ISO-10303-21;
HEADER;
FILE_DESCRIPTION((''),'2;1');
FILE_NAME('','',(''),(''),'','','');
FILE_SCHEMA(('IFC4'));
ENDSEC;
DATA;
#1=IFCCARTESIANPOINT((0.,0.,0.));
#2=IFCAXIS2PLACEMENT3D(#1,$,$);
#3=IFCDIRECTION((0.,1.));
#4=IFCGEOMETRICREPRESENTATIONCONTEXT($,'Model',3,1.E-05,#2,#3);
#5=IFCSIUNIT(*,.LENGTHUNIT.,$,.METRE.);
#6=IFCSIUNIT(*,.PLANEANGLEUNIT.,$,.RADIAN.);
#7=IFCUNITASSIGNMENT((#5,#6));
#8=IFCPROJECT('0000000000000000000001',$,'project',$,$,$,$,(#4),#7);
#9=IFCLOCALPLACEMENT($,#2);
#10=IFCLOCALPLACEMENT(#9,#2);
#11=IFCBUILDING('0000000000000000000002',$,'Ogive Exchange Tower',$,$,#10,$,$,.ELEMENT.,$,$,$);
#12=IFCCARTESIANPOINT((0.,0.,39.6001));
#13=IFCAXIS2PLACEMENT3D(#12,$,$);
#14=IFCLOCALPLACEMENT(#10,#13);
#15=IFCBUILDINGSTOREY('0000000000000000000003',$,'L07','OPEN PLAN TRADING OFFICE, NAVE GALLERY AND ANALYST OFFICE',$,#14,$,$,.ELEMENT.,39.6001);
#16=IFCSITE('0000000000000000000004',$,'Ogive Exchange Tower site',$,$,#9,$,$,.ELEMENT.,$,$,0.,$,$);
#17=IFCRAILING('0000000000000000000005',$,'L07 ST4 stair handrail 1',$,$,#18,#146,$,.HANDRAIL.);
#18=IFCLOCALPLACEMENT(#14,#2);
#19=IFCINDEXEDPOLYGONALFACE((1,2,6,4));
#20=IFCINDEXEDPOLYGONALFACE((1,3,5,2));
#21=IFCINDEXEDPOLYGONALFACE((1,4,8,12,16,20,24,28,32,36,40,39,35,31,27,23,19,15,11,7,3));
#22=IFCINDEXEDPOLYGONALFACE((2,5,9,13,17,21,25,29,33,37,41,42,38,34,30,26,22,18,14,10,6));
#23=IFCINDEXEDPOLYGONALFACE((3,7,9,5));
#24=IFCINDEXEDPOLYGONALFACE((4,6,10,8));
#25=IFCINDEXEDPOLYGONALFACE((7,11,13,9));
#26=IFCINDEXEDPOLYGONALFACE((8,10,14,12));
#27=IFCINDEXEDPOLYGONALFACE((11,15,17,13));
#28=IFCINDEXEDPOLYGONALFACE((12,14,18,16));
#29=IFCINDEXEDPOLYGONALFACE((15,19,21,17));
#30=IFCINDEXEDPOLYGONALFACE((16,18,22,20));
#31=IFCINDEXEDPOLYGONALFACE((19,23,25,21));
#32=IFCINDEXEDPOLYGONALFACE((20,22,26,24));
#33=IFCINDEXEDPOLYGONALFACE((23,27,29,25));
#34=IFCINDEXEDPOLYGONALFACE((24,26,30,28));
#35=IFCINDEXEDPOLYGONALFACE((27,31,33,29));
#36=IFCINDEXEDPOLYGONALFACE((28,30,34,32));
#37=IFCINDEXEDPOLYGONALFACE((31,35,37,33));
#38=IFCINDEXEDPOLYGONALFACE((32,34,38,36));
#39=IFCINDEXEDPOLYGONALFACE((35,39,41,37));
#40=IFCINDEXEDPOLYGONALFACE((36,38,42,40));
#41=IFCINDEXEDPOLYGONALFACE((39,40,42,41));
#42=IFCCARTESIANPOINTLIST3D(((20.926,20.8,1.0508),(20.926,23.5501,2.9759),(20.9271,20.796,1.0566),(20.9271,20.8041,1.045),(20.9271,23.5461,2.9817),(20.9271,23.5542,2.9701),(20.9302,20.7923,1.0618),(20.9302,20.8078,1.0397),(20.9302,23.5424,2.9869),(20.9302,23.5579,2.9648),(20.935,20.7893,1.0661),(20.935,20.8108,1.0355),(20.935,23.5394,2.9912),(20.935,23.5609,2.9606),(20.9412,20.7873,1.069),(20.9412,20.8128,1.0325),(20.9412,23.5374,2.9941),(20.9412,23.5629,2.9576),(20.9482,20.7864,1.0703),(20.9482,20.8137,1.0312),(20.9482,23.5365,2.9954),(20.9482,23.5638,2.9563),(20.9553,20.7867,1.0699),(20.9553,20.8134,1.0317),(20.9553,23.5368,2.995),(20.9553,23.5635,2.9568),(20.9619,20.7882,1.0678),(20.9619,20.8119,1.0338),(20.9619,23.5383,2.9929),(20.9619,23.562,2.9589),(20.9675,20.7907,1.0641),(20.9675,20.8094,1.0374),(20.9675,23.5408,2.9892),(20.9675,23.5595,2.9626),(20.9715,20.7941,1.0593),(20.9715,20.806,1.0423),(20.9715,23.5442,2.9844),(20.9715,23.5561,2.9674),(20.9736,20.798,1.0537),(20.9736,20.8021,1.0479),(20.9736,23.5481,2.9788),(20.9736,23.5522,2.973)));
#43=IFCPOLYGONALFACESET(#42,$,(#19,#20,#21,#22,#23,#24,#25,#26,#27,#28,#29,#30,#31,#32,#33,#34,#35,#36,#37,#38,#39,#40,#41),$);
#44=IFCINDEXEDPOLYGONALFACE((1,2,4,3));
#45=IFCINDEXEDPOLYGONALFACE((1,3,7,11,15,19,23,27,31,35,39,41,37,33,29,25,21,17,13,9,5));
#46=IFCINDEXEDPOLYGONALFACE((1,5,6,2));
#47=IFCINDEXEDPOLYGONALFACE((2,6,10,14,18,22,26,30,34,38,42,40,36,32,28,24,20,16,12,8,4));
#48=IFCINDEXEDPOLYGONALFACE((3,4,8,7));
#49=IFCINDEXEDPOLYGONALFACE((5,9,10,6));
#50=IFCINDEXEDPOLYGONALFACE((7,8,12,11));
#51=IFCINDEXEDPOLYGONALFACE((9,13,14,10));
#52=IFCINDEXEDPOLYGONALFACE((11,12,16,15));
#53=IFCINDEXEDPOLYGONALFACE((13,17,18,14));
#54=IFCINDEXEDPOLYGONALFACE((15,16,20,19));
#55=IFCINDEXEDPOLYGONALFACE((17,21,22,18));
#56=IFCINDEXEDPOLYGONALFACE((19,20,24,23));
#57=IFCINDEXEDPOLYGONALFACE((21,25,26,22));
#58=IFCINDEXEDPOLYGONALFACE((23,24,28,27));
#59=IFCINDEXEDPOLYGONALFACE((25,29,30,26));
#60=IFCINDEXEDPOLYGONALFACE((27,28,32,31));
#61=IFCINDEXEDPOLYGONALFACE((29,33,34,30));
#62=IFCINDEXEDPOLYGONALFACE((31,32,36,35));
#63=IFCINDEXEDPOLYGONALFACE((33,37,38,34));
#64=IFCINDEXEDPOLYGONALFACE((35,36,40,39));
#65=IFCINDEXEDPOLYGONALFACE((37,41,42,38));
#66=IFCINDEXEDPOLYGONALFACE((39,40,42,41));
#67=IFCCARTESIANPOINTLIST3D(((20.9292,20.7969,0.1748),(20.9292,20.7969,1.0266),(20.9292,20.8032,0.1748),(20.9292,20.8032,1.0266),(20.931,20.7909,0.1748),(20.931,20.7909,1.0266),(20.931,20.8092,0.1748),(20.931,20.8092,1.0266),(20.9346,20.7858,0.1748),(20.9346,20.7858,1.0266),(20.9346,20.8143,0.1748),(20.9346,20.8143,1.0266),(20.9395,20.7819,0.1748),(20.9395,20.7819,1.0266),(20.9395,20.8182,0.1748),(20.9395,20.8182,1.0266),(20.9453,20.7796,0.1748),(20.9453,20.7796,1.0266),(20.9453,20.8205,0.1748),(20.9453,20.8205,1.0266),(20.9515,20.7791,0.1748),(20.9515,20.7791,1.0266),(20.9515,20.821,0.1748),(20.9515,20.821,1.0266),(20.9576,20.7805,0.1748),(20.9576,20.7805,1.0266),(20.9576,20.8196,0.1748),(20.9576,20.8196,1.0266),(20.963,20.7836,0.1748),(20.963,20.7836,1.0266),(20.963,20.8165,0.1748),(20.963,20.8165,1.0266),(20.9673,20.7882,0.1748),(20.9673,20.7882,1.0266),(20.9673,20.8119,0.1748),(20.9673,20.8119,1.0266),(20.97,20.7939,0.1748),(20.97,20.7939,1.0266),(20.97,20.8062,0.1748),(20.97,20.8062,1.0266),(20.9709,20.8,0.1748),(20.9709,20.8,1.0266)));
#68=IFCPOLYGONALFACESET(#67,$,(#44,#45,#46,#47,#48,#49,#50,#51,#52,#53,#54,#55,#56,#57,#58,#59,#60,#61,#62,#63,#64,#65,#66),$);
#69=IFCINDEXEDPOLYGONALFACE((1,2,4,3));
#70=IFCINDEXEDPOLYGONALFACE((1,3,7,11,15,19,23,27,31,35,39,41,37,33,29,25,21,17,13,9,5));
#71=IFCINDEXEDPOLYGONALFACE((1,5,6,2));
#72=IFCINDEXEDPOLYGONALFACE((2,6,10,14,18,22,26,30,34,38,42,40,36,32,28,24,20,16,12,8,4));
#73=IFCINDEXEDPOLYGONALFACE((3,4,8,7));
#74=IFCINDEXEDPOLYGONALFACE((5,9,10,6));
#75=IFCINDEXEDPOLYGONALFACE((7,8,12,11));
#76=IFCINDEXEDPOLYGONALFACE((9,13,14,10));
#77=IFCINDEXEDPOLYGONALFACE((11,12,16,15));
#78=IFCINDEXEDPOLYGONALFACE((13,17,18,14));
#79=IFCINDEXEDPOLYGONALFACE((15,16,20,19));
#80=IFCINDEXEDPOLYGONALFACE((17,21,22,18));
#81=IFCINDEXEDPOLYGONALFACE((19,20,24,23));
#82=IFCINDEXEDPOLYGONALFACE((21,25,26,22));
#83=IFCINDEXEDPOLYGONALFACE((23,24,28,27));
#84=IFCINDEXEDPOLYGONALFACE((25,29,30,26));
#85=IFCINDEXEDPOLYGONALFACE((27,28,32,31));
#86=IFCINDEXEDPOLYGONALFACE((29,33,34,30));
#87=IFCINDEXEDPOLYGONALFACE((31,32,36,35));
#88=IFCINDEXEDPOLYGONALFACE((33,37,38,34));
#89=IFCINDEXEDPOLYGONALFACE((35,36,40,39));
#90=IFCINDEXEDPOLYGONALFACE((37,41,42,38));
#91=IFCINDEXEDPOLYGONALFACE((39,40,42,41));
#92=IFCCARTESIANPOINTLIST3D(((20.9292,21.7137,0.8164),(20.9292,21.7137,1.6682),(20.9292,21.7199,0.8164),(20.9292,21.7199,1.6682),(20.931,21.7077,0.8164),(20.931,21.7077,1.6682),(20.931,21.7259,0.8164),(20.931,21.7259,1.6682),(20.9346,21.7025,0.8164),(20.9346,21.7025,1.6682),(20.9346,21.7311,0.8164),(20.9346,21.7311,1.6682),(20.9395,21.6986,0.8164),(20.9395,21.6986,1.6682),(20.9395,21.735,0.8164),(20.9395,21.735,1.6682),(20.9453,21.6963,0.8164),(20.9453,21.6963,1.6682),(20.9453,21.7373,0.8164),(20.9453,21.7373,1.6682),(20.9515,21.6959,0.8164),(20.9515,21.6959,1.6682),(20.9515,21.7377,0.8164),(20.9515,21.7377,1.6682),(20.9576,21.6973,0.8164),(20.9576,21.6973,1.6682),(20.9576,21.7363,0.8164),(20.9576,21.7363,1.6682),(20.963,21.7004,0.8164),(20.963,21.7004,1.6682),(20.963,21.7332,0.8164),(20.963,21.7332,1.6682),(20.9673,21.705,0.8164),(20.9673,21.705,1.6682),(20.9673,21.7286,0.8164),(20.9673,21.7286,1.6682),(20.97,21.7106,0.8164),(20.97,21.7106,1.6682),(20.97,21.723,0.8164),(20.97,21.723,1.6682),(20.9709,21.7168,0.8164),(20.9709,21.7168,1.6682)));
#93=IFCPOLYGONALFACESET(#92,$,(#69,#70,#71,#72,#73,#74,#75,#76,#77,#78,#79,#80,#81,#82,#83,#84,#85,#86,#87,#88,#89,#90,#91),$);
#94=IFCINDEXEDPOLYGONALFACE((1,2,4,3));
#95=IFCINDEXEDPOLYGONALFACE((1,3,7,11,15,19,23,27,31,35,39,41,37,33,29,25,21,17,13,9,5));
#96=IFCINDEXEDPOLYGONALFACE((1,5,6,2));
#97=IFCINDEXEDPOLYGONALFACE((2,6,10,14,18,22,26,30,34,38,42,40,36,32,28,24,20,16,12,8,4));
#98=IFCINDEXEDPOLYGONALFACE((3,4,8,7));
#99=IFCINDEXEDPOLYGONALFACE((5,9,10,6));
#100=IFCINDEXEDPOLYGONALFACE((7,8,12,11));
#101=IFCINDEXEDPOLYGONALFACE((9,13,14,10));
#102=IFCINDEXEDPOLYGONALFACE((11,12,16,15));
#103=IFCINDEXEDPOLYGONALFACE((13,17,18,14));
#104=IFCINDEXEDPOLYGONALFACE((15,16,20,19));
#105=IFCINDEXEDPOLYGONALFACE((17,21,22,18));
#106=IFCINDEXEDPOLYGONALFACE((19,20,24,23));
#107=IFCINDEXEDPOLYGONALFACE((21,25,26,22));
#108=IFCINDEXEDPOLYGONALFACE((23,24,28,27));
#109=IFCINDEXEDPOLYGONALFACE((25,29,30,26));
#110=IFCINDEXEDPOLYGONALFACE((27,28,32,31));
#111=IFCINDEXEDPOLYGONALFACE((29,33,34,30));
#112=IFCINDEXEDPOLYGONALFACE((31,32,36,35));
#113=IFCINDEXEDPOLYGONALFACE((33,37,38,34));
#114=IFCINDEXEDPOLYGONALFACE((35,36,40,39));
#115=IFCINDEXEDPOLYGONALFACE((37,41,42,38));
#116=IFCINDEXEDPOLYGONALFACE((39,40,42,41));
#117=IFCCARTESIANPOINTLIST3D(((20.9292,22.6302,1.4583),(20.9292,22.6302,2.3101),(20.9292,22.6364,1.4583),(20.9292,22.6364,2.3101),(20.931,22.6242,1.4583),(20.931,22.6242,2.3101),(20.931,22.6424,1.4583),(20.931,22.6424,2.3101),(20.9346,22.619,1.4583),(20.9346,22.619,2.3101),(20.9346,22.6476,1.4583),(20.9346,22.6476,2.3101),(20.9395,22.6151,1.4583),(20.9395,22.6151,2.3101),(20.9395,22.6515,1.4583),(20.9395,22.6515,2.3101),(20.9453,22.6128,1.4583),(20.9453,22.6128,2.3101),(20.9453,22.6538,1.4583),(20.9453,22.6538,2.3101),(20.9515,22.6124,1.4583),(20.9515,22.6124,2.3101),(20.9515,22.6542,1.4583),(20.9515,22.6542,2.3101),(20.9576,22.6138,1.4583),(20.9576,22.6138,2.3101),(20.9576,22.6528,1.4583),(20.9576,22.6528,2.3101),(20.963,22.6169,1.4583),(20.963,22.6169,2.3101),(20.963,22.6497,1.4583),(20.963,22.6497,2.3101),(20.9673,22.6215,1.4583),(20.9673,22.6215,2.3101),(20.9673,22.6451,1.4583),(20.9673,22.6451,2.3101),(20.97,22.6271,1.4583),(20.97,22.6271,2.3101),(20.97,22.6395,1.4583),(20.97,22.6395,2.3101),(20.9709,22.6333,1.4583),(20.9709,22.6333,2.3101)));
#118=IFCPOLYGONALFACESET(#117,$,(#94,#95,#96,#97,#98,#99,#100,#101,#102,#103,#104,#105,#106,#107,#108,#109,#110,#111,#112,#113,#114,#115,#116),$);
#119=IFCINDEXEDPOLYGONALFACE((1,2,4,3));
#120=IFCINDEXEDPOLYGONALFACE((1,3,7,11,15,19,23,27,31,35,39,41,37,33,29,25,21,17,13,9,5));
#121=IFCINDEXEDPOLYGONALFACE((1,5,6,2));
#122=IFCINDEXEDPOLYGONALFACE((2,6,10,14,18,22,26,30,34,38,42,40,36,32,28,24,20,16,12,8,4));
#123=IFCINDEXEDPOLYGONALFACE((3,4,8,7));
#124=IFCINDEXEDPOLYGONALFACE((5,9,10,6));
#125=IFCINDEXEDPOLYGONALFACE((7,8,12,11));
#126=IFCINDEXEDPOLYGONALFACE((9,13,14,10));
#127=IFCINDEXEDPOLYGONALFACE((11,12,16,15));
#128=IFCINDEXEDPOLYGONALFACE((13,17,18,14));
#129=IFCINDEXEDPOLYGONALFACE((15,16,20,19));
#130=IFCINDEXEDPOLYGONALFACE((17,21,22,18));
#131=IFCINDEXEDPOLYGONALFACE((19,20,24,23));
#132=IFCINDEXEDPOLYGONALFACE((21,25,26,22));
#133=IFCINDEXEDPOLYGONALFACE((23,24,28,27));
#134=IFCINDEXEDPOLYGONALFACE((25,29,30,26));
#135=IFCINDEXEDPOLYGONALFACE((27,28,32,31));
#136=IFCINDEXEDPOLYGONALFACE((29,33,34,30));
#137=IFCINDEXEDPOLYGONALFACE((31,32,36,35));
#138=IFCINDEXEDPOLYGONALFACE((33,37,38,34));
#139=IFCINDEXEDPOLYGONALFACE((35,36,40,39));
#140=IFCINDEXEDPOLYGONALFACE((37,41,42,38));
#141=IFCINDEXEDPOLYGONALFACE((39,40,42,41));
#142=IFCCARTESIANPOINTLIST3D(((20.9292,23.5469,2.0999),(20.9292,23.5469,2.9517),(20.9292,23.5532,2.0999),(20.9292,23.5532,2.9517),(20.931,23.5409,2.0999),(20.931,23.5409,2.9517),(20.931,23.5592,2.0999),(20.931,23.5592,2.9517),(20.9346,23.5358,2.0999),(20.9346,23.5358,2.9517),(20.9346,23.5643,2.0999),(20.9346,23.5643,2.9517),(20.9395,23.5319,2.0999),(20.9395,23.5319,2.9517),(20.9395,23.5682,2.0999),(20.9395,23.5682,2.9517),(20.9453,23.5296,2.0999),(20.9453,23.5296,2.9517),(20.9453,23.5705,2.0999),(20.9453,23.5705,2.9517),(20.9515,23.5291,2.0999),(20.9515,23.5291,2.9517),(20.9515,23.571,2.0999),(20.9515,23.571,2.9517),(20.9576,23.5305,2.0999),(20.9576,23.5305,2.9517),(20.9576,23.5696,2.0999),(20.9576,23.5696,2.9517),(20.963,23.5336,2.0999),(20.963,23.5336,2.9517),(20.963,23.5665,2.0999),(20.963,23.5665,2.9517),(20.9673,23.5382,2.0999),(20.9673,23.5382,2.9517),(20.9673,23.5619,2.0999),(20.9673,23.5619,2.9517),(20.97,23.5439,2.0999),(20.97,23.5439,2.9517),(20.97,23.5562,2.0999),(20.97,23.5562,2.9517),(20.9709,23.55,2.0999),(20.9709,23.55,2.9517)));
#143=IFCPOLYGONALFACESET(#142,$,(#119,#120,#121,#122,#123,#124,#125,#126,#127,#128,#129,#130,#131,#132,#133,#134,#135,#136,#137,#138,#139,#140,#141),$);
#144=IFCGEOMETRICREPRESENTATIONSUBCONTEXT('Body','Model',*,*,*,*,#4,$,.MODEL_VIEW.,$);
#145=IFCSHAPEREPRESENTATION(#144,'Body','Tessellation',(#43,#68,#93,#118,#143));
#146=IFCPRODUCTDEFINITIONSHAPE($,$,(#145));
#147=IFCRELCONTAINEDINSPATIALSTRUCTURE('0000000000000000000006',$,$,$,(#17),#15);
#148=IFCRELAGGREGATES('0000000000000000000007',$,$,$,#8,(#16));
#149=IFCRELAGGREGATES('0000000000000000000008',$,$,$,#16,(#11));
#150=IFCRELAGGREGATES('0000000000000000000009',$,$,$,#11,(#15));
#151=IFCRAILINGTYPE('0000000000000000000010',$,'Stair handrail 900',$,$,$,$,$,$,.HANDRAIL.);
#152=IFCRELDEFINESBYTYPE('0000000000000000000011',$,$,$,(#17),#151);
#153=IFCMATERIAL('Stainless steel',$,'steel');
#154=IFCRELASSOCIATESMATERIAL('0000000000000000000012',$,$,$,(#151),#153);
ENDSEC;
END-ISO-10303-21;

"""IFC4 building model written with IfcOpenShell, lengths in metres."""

from ifc_helpers import new_model, si_unit, direction, frame, origin, origin_2d, place, context, subcontext, project, spatial, circle, extrude, material, type_object, element, save


model = new_model("IFC4")

# Units and contexts
model_context = context("Model", 3, precision=1e-05, world=origin(), true_north=direction((0.0, 1.0)))
body_context = subcontext(model_context, "Body", "Model", "MODEL_VIEW")
ifc_project = project(units=[si_unit("LENGTHUNIT", "METRE"), si_unit("PLANEANGLEUNIT", "RADIAN")], contexts=[model_context])

# Site, building, storey
site_placement = place(None, origin())
site = spatial("IfcSite", under=ifc_project, at=site_placement, Name="Ogive Exchange Tower site", CompositionType="ELEMENT", RefElevation=0.0)
building_placement = place(site_placement, origin())
building = spatial("IfcBuilding", under=site, at=building_placement, Name="Ogive Exchange Tower", CompositionType="ELEMENT")
storey_placement = place(building_placement, frame((0.0, 0.0, 39.6001)))
storey = spatial("IfcBuildingStorey", under=building, at=storey_placement, Name="L07", Description="OPEN PLAN TRADING OFFICE, NAVE GALLERY AND ANALYST OFFICE", CompositionType="ELEMENT", Elevation=39.6001)

# Railing
ifc_material_1 = material(Name="Stainless steel", Category="steel")
railing_type = type_object("IfcRailingType", Name="Stair handrail 900", PredefinedType="HANDRAIL", material=ifc_material_1)
railing_1_placement = place(storey_placement, frame((20.95, 20.8, 0.1748)))
element("IfcRailing", 1, at=railing_1_placement, inside=storey, type_object=railing_type, Name="L07 ST4 stair handrail 1", PredefinedType="HANDRAIL", context=body_context, shape_type="SweptSolid", body=[
    extrude(circle(Radius=0.0239, at=origin_2d()), frame((0.0, 0.0, 0.876), z_axis=(0.0, 0.819225, 0.573472), x_axis=(-1.0, 0.0, 0.0)), (0.0, 0.0, 1.0), 3.3569),
    extrude(circle(Radius=0.021, at=origin_2d()), origin(), (0.0, 0.0, 1.0), 0.8518),
    extrude(circle(Radius=0.021, at=origin_2d()), frame((0.0, 0.9167, 0.6416)), (0.0, 0.0, 1.0), 0.8518),
    extrude(circle(Radius=0.021, at=origin_2d()), frame((0.0, 1.8333, 1.2834)), (0.0, 0.0, 1.0), 0.8518),
    extrude(circle(Radius=0.021, at=origin_2d()), frame((0.0, 2.75, 1.925)), (0.0, 0.0, 1.0), 0.8518),
])

save(model, "model.ifc")
